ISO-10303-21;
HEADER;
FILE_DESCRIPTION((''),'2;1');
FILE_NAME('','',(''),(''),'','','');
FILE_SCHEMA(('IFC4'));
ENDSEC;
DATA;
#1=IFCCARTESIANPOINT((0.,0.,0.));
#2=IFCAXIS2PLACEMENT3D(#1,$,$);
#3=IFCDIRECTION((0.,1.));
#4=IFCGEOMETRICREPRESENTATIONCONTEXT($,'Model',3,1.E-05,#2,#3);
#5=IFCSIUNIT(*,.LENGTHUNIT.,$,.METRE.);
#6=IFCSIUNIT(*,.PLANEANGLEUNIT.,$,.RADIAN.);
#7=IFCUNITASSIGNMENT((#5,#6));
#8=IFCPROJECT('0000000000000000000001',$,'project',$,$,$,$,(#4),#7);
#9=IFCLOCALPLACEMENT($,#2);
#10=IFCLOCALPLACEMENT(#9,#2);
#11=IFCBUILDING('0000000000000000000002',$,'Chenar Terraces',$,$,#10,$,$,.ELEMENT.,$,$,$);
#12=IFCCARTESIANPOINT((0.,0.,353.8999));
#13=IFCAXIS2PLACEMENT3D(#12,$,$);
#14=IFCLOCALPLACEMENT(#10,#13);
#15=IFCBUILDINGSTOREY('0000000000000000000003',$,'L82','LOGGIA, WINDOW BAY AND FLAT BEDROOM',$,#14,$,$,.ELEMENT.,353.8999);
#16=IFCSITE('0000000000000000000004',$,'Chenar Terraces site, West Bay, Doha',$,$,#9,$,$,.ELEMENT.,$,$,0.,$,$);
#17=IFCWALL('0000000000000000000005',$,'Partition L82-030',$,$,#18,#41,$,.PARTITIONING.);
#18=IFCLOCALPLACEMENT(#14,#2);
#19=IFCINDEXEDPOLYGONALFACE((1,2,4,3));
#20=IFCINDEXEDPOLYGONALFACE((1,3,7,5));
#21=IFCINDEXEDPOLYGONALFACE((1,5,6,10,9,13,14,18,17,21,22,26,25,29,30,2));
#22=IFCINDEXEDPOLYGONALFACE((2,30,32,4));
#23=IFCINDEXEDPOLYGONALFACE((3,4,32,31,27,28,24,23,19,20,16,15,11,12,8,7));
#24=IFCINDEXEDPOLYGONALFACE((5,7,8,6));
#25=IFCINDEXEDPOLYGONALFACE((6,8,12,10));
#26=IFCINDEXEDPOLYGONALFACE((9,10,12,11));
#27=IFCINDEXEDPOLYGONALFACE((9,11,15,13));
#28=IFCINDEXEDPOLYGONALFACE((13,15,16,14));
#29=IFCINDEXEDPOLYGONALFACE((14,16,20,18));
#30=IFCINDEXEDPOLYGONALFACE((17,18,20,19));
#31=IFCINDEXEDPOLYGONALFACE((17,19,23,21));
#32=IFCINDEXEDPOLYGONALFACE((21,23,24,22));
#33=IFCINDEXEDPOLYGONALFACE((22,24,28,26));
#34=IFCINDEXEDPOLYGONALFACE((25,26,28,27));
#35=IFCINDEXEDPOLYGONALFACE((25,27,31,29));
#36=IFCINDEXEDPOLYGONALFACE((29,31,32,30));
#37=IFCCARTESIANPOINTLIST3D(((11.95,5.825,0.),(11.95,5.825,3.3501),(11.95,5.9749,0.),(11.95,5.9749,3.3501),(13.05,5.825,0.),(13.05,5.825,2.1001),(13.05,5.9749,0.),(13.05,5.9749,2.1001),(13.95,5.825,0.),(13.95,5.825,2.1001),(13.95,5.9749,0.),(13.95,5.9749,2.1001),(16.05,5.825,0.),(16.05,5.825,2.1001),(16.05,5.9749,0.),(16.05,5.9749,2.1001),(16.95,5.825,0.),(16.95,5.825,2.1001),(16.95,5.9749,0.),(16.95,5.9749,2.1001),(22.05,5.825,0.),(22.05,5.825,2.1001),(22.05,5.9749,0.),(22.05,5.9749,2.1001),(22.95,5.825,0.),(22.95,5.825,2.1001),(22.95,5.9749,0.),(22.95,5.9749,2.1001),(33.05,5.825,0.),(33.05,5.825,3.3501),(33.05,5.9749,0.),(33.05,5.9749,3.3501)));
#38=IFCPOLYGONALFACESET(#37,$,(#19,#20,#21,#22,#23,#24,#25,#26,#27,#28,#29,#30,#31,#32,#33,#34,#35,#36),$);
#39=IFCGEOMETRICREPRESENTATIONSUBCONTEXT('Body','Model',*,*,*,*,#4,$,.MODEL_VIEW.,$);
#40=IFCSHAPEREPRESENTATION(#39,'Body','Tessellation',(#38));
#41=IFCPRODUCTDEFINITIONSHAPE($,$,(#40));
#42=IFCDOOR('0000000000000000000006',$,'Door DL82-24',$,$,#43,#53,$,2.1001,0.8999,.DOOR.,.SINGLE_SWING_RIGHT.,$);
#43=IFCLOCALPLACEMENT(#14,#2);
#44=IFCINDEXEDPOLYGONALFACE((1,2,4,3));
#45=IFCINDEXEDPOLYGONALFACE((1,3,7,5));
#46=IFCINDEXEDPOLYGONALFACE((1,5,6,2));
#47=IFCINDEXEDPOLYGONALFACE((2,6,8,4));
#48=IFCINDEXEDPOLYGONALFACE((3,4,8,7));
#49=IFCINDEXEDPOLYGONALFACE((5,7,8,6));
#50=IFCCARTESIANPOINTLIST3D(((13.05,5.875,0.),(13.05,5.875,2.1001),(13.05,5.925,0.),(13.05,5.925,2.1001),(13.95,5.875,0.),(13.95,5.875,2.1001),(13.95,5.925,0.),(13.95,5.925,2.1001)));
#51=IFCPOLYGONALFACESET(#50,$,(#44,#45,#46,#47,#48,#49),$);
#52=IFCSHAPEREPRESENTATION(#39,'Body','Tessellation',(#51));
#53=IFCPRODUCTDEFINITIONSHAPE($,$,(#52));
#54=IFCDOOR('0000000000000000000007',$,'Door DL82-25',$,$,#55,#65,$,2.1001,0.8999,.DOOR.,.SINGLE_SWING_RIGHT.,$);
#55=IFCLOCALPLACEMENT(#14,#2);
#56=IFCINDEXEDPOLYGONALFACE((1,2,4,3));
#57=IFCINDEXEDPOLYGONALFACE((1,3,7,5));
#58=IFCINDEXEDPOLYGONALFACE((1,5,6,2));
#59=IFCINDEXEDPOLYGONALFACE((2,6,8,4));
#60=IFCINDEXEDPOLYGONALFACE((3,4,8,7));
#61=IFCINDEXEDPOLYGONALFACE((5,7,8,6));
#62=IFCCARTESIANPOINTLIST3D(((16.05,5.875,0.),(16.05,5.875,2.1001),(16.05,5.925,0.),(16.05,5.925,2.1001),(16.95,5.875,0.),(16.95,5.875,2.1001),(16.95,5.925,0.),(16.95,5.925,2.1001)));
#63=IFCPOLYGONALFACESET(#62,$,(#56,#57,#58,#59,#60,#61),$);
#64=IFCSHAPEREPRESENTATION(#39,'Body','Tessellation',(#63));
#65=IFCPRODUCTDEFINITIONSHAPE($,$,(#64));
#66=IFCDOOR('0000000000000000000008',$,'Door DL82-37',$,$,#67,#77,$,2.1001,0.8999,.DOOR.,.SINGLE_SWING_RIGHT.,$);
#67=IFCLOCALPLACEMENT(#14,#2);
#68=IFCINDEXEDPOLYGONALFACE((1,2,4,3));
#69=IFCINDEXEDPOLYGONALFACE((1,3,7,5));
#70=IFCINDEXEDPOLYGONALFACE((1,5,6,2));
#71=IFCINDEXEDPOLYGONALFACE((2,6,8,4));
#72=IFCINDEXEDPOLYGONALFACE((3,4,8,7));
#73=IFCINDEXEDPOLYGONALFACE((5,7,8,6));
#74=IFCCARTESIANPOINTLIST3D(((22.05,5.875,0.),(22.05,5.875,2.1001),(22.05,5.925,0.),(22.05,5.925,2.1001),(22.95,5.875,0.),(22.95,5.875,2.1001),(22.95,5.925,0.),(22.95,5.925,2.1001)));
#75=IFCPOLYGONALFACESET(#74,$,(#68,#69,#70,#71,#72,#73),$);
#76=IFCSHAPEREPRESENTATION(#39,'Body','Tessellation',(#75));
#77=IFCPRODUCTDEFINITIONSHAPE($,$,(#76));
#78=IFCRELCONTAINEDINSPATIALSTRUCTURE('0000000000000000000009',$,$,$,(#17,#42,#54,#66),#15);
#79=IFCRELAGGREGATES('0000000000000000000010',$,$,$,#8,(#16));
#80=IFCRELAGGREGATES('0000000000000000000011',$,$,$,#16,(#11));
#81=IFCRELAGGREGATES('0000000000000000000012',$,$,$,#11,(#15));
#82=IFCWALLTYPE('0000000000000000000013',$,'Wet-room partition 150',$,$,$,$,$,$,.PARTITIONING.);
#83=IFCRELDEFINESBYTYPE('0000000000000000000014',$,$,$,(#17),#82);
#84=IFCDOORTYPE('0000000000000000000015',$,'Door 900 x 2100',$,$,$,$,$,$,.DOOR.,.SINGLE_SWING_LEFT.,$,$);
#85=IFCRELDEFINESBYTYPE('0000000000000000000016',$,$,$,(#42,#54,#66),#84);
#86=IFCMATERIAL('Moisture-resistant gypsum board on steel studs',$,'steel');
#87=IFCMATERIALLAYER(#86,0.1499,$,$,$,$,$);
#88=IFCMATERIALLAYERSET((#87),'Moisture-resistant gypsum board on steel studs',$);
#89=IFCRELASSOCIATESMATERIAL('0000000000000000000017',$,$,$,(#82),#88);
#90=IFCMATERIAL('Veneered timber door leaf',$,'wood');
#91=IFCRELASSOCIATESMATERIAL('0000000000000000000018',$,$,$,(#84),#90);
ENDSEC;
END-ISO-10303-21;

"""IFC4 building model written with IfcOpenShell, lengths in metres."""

from ifc_helpers import new_model, si_unit, direction, frame, frame_2d, origin, place, context, subcontext, project, spatial, rectangle, extrude, material, layer, layer_set, type_object, element, fill, save


model = new_model("IFC4")

# Units and contexts
model_context = context("Model", 3, precision=1e-05, world=origin(), true_north=direction((0.0, 1.0)))
body_context = subcontext(model_context, "Body", "Model", "MODEL_VIEW")
ifc_project = project(units=[si_unit("LENGTHUNIT", "METRE"), si_unit("PLANEANGLEUNIT", "RADIAN")], contexts=[model_context])

# Site, building, storey
site_placement = place(None, origin())
site = spatial("IfcSite", under=ifc_project, at=site_placement, Name="Chenar Terraces site, West Bay, Doha", CompositionType="ELEMENT", RefElevation=0.0)
building_placement = place(site_placement, origin())
building = spatial("IfcBuilding", under=site, at=building_placement, Name="Chenar Terraces", CompositionType="ELEMENT")
storey_placement = place(building_placement, frame((0.0, 0.0, 353.8999)))
storey = spatial("IfcBuildingStorey", under=building, at=storey_placement, Name="L82", Description="LOGGIA, WINDOW BAY AND FLAT BEDROOM", CompositionType="ELEMENT", Elevation=353.8999)

# Wall, openings, doors
ifc_material_1 = material(Name="Moisture-resistant gypsum board on steel studs", Category="steel")
ifc_layer_1 = layer(ifc_material_1, 0.1499)
ifc_layer_set_1 = layer_set([ifc_layer_1], Name="Moisture-resistant gypsum board on steel studs")
wall_type_1 = type_object("IfcWallType", Name="Wet-room partition 150", PredefinedType="PARTITIONING", material=ifc_layer_set_1)
wall_1_placement = place(storey_placement, frame((11.95, 5.8999, 0.0), z_axis=(0.0, 0.0, 1.0), x_axis=(1.0, 0.0, 0.0)))
wall_1 = element("IfcWall", 1, at=wall_1_placement, inside=storey, type_object=wall_type_1, Name="Partition L82-030", PredefinedType="PARTITIONING", context=body_context, shape_type="SweptSolid", body=[
    extrude(rectangle(XDim=21.1001, YDim=0.1499, at=frame_2d((10.55, 0.0))), origin(), (0.0, 0.0, 1.0), 3.3501),
])
opening_1_placement = place(wall_1_placement, frame((1.1001, 0.0, 0.0)))
opening_1 = element("IfcOpeningElement", 2, at=opening_1_placement, cuts=wall_1, PredefinedType="OPENING", context=body_context, shape_type="SweptSolid", body=[
    extrude(rectangle(XDim=0.8999, YDim=2.1001, at=frame_2d((0.45, 1.05))), frame((0.0, 0.085, 0.0), z_axis=(0.0, -1.0, 0.0), x_axis=(1.0, 0.0, 0.0)), (0.0, 0.0, 1.0), 0.1699),
])
opening_2_placement = place(wall_1_placement, frame((4.1001, 0.0, 0.0)))
opening_2 = element("IfcOpeningElement", 3, at=opening_2_placement, cuts=wall_1, PredefinedType="OPENING", context=body_context, shape_type="SweptSolid", body=[
    extrude(rectangle(XDim=0.8999, YDim=2.1001, at=frame_2d((0.45, 1.05))), frame((0.0, 0.085, 0.0), z_axis=(0.0, -1.0, 0.0), x_axis=(1.0, 0.0, 0.0)), (0.0, 0.0, 1.0), 0.1699),
])
opening_3_placement = place(wall_1_placement, frame((10.1001, 0.0, 0.0)))
opening_3 = element("IfcOpeningElement", 4, at=opening_3_placement, cuts=wall_1, PredefinedType="OPENING", context=body_context, shape_type="SweptSolid", body=[
    extrude(rectangle(XDim=0.8999, YDim=2.1001, at=frame_2d((0.45, 1.05))), frame((0.0, 0.085, 0.0), z_axis=(0.0, -1.0, 0.0), x_axis=(1.0, 0.0, 0.0)), (0.0, 0.0, 1.0), 0.1699),
])
ifc_material_2 = material(Name="Veneered timber door leaf", Category="wood")
door_type_1 = type_object("IfcDoorType", Name="Door 900 x 2100", OperationType="SINGLE_SWING_LEFT", PredefinedType="DOOR", material=ifc_material_2)
door_1_placement = place(opening_1_placement, frame((0.8999, 0.0, 0.0), z_axis=(0.0, 0.0, 1.0), x_axis=(-1.0, 0.0, 0.0)))
door_1 = element("IfcDoor", 5, at=door_1_placement, inside=storey, type_object=door_type_1, Name="Door DL82-24", OperationType="SINGLE_SWING_RIGHT", OverallHeight=2.1001, OverallWidth=0.8999, PredefinedType="DOOR", context=body_context, shape_type="SweptSolid", body=[
    extrude(rectangle(XDim=0.8999, YDim=2.1001, at=frame_2d((0.45, 1.05))), frame((0.0, 0.0249, 0.0), z_axis=(0.0, -1.0, 0.0), x_axis=(1.0, 0.0, 0.0)), (0.0, 0.0, 1.0), 0.05),
])
fill(opening_1, door_1)
door_2_placement = place(opening_2_placement, frame((0.8999, 0.0, 0.0), z_axis=(0.0, 0.0, 1.0), x_axis=(-1.0, 0.0, 0.0)))
door_2 = element("IfcDoor", 6, at=door_2_placement, inside=storey, type_object=door_type_1, Name="Door DL82-25", OperationType="SINGLE_SWING_RIGHT", OverallHeight=2.1001, OverallWidth=0.8999, PredefinedType="DOOR", context=body_context, shape_type="SweptSolid", body=[
    extrude(rectangle(XDim=0.8999, YDim=2.1001, at=frame_2d((0.45, 1.05))), frame((0.0, 0.0249, 0.0), z_axis=(0.0, -1.0, 0.0), x_axis=(1.0, 0.0, 0.0)), (0.0, 0.0, 1.0), 0.05),
])
fill(opening_2, door_2)
door_3_placement = place(opening_3_placement, frame((0.8999, 0.0, 0.0), z_axis=(0.0, 0.0, 1.0), x_axis=(-1.0, 0.0, 0.0)))
door_3 = element("IfcDoor", 7, at=door_3_placement, inside=storey, type_object=door_type_1, Name="Door DL82-37", OperationType="SINGLE_SWING_RIGHT", OverallHeight=2.1001, OverallWidth=0.8999, PredefinedType="DOOR", context=body_context, shape_type="SweptSolid", body=[
    extrude(rectangle(XDim=0.8999, YDim=2.1001, at=frame_2d((0.45, 1.05))), frame((0.0, 0.0249, 0.0), z_axis=(0.0, -1.0, 0.0), x_axis=(1.0, 0.0, 0.0)), (0.0, 0.0, 1.0), 0.05),
])
fill(opening_3, door_3)

save(model, "model.ifc")
